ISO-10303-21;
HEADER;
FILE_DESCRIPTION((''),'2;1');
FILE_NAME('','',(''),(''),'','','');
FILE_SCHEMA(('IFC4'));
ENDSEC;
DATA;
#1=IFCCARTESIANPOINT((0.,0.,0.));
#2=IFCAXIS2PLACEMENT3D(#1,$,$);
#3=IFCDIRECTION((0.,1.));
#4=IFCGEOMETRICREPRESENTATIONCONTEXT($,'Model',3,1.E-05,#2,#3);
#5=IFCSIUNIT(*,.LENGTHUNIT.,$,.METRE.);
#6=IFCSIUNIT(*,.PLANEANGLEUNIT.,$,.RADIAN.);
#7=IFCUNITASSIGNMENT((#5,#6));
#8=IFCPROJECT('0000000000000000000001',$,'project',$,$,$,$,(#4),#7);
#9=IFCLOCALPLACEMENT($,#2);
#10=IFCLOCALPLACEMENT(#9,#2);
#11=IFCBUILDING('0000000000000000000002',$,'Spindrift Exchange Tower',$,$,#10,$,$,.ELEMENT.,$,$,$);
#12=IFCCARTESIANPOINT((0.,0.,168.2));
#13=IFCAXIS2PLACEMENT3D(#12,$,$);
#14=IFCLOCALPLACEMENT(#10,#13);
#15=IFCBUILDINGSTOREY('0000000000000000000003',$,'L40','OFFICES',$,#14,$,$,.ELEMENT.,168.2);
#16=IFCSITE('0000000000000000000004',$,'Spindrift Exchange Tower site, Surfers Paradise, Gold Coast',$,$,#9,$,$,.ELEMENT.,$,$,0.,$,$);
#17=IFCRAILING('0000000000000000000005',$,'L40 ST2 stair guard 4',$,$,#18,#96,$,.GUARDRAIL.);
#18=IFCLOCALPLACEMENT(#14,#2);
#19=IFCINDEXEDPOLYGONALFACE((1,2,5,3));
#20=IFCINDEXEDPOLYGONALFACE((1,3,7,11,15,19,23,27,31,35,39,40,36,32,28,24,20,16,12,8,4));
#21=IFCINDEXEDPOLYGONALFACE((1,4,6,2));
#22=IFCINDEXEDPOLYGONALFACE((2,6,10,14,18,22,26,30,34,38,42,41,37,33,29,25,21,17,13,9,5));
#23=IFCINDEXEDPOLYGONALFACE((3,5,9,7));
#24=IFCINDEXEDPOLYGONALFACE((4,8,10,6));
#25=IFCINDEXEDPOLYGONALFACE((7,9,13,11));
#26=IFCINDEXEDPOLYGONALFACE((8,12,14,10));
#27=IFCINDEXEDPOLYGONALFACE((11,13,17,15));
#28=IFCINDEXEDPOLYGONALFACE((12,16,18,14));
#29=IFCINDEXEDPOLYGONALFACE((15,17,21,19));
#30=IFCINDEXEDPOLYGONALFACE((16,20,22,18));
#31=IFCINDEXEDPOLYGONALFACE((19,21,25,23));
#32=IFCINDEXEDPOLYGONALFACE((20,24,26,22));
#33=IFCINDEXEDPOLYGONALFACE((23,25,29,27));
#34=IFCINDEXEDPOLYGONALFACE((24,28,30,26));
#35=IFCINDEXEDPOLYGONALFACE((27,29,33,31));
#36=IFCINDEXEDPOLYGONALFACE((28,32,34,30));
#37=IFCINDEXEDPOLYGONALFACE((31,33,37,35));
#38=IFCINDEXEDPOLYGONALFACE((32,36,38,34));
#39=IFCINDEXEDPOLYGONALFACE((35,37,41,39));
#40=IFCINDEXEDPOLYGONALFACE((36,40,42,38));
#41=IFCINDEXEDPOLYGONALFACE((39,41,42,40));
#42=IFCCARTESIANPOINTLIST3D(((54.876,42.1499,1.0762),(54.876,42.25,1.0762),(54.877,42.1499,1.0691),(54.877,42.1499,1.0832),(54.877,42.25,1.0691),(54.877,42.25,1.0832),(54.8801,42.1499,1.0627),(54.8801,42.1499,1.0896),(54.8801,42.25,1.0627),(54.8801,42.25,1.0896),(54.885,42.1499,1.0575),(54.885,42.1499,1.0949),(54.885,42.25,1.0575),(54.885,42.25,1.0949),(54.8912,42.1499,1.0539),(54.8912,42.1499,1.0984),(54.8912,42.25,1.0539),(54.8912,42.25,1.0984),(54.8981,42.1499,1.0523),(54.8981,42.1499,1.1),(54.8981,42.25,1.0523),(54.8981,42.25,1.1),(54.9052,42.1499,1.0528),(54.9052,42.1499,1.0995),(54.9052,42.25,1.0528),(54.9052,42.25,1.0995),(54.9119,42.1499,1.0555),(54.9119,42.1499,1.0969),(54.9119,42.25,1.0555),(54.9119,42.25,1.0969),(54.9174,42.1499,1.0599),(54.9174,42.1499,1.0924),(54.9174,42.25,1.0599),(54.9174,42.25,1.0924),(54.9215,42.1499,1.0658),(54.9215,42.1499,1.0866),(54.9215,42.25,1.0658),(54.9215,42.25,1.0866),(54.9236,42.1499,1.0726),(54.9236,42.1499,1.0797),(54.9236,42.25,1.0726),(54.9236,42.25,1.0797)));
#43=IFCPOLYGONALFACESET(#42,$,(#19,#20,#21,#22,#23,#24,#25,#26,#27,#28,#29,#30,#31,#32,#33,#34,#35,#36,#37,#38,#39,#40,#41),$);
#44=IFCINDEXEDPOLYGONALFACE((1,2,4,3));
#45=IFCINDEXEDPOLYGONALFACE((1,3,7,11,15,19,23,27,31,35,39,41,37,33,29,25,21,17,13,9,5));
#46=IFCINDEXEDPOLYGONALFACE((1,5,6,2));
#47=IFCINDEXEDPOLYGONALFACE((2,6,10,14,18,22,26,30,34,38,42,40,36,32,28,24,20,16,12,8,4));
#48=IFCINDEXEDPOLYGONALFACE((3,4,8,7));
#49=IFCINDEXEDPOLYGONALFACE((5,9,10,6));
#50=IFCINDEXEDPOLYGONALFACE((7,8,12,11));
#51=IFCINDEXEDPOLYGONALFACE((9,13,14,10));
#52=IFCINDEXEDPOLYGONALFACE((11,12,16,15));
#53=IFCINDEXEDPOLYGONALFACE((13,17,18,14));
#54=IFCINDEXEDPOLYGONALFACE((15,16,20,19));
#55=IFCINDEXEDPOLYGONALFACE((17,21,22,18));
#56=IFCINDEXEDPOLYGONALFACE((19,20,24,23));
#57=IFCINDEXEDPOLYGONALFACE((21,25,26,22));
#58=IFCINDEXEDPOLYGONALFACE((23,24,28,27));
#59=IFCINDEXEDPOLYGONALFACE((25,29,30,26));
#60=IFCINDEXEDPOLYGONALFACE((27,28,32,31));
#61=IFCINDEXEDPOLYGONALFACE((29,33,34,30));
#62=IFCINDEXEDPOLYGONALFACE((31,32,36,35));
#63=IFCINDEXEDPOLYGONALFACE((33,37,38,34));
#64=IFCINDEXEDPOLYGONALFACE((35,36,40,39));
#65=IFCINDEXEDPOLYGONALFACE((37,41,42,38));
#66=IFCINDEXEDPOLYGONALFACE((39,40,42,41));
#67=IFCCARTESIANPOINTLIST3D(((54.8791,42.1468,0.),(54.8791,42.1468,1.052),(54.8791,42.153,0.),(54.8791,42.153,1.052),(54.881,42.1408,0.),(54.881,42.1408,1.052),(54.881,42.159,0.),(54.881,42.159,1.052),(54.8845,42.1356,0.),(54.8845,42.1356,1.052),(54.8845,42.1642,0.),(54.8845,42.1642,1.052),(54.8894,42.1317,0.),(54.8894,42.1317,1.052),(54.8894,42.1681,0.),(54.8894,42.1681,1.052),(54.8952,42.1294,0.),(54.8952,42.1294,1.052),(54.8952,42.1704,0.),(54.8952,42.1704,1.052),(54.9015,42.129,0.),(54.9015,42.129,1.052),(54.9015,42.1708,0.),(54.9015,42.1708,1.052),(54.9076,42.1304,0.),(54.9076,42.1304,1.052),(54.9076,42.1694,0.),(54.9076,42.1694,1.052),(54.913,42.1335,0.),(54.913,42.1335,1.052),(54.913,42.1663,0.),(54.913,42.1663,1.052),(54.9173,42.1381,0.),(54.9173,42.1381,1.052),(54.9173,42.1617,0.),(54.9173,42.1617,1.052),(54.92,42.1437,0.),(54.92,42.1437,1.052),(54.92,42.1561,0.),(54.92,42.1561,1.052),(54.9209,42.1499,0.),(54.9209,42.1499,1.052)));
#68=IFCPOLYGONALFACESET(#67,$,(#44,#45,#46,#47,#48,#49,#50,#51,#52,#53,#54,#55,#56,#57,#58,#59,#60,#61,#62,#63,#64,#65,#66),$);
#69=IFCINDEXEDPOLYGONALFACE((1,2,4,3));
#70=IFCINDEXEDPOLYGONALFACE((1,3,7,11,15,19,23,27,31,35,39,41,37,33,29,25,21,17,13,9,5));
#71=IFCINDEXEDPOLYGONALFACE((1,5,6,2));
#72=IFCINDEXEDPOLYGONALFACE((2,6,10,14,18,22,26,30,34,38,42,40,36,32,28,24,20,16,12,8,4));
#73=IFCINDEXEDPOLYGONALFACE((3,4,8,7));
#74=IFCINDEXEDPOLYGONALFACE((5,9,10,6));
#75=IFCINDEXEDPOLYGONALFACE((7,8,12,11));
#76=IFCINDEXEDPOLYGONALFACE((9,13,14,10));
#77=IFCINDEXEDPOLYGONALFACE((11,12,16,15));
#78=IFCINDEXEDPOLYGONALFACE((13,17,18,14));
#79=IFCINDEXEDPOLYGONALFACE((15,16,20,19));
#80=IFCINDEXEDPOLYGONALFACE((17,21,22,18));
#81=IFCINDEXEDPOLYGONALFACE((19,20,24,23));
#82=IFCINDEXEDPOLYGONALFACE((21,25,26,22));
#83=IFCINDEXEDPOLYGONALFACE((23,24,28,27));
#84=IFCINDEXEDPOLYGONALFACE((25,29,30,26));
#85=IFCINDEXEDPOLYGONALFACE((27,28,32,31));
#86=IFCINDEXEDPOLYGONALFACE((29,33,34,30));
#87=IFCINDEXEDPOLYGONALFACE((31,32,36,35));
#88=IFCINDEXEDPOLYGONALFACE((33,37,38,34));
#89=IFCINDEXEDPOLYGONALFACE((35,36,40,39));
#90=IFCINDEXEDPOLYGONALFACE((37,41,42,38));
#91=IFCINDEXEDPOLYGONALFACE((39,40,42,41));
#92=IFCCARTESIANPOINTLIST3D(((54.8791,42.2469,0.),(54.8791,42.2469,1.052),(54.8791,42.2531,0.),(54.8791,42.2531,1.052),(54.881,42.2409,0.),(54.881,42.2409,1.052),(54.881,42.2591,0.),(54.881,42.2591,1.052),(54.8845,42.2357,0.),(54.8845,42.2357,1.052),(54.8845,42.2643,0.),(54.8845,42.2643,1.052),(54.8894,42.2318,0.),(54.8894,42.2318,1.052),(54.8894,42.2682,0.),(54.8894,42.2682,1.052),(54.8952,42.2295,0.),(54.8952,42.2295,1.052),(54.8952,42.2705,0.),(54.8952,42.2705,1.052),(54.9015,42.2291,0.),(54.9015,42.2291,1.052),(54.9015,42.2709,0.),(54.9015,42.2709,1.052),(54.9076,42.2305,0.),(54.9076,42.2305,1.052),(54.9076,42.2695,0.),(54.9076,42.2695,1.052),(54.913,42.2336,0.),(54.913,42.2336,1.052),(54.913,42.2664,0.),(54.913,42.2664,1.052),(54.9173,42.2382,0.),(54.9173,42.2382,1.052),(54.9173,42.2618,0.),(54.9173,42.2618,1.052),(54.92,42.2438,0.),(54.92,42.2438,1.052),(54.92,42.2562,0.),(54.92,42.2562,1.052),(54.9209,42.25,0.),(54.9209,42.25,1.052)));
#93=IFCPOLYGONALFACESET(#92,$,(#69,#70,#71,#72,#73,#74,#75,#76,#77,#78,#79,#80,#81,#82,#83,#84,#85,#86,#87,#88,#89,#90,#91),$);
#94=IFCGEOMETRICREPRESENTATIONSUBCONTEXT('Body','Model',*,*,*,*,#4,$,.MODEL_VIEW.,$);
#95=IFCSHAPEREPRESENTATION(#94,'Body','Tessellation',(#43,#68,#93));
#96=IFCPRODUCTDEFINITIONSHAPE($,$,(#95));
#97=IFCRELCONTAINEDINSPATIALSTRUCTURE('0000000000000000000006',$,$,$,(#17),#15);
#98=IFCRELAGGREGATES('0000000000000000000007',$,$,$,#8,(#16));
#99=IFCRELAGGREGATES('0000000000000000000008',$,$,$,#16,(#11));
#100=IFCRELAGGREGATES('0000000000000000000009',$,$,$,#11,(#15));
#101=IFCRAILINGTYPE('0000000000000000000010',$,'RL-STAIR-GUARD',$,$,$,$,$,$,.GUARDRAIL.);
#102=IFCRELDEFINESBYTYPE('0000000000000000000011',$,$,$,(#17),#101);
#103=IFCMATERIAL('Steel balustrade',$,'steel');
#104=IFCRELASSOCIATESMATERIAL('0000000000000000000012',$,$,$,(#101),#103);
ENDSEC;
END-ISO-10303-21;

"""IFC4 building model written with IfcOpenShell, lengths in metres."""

from ifc_helpers import new_model, si_unit, direction, frame, origin, origin_2d, place, context, subcontext, project, spatial, circle, extrude, material, type_object, element, save


model = new_model("IFC4")

# Units and contexts
model_context = context("Model", 3, precision=1e-05, world=origin(), true_north=direction((0.0, 1.0)))
body_context = subcontext(model_context, "Body", "Model", "MODEL_VIEW")
ifc_project = project(units=[si_unit("LENGTHUNIT", "METRE"), si_unit("PLANEANGLEUNIT", "RADIAN")], contexts=[model_context])

# Site, building, storey
site_placement = place(None, origin())
site = spatial("IfcSite", under=ifc_project, at=site_placement, Name="Spindrift Exchange Tower site, Surfers Paradise, Gold Coast", CompositionType="ELEMENT", RefElevation=0.0)
building_placement = place(site_placement, origin())
building = spatial("IfcBuilding", under=site, at=building_placement, Name="Spindrift Exchange Tower", CompositionType="ELEMENT")
storey_placement = place(building_placement, frame((0.0, 0.0, 168.2)))
storey = spatial("IfcBuildingStorey", under=building, at=storey_placement, Name="L40", Description="OFFICES", CompositionType="ELEMENT", Elevation=168.2)

# Railing
ifc_material_1 = material(Name="Steel balustrade", Category="steel")
railing_type_1 = type_object("IfcRailingType", Name="RL-STAIR-GUARD", PredefinedType="GUARDRAIL", material=ifc_material_1)
railing_1_placement = place(storey_placement, frame((54.8999, 42.1499, 0.0)))
element("IfcRailing", 1, at=railing_1_placement, inside=storey, type_object=railing_type_1, Name="L40 ST2 stair guard 4", PredefinedType="GUARDRAIL", context=body_context, shape_type="SweptSolid", body=[
    extrude(circle(Radius=0.0239, at=origin_2d()), frame((0.0, 0.0, 1.0762), z_axis=(0.0, 1.0, 0.0), x_axis=(-1.0, 0.0, 0.0)), (0.0, 0.0, 1.0), 0.1001),
    extrude(circle(Radius=0.021, at=origin_2d()), origin(), (0.0, 0.0, 1.0), 1.052),
    extrude(circle(Radius=0.021, at=origin_2d()), frame((0.0, 0.1001, 0.0)), (0.0, 0.0, 1.0), 1.052),
])

save(model, "model.ifc")
